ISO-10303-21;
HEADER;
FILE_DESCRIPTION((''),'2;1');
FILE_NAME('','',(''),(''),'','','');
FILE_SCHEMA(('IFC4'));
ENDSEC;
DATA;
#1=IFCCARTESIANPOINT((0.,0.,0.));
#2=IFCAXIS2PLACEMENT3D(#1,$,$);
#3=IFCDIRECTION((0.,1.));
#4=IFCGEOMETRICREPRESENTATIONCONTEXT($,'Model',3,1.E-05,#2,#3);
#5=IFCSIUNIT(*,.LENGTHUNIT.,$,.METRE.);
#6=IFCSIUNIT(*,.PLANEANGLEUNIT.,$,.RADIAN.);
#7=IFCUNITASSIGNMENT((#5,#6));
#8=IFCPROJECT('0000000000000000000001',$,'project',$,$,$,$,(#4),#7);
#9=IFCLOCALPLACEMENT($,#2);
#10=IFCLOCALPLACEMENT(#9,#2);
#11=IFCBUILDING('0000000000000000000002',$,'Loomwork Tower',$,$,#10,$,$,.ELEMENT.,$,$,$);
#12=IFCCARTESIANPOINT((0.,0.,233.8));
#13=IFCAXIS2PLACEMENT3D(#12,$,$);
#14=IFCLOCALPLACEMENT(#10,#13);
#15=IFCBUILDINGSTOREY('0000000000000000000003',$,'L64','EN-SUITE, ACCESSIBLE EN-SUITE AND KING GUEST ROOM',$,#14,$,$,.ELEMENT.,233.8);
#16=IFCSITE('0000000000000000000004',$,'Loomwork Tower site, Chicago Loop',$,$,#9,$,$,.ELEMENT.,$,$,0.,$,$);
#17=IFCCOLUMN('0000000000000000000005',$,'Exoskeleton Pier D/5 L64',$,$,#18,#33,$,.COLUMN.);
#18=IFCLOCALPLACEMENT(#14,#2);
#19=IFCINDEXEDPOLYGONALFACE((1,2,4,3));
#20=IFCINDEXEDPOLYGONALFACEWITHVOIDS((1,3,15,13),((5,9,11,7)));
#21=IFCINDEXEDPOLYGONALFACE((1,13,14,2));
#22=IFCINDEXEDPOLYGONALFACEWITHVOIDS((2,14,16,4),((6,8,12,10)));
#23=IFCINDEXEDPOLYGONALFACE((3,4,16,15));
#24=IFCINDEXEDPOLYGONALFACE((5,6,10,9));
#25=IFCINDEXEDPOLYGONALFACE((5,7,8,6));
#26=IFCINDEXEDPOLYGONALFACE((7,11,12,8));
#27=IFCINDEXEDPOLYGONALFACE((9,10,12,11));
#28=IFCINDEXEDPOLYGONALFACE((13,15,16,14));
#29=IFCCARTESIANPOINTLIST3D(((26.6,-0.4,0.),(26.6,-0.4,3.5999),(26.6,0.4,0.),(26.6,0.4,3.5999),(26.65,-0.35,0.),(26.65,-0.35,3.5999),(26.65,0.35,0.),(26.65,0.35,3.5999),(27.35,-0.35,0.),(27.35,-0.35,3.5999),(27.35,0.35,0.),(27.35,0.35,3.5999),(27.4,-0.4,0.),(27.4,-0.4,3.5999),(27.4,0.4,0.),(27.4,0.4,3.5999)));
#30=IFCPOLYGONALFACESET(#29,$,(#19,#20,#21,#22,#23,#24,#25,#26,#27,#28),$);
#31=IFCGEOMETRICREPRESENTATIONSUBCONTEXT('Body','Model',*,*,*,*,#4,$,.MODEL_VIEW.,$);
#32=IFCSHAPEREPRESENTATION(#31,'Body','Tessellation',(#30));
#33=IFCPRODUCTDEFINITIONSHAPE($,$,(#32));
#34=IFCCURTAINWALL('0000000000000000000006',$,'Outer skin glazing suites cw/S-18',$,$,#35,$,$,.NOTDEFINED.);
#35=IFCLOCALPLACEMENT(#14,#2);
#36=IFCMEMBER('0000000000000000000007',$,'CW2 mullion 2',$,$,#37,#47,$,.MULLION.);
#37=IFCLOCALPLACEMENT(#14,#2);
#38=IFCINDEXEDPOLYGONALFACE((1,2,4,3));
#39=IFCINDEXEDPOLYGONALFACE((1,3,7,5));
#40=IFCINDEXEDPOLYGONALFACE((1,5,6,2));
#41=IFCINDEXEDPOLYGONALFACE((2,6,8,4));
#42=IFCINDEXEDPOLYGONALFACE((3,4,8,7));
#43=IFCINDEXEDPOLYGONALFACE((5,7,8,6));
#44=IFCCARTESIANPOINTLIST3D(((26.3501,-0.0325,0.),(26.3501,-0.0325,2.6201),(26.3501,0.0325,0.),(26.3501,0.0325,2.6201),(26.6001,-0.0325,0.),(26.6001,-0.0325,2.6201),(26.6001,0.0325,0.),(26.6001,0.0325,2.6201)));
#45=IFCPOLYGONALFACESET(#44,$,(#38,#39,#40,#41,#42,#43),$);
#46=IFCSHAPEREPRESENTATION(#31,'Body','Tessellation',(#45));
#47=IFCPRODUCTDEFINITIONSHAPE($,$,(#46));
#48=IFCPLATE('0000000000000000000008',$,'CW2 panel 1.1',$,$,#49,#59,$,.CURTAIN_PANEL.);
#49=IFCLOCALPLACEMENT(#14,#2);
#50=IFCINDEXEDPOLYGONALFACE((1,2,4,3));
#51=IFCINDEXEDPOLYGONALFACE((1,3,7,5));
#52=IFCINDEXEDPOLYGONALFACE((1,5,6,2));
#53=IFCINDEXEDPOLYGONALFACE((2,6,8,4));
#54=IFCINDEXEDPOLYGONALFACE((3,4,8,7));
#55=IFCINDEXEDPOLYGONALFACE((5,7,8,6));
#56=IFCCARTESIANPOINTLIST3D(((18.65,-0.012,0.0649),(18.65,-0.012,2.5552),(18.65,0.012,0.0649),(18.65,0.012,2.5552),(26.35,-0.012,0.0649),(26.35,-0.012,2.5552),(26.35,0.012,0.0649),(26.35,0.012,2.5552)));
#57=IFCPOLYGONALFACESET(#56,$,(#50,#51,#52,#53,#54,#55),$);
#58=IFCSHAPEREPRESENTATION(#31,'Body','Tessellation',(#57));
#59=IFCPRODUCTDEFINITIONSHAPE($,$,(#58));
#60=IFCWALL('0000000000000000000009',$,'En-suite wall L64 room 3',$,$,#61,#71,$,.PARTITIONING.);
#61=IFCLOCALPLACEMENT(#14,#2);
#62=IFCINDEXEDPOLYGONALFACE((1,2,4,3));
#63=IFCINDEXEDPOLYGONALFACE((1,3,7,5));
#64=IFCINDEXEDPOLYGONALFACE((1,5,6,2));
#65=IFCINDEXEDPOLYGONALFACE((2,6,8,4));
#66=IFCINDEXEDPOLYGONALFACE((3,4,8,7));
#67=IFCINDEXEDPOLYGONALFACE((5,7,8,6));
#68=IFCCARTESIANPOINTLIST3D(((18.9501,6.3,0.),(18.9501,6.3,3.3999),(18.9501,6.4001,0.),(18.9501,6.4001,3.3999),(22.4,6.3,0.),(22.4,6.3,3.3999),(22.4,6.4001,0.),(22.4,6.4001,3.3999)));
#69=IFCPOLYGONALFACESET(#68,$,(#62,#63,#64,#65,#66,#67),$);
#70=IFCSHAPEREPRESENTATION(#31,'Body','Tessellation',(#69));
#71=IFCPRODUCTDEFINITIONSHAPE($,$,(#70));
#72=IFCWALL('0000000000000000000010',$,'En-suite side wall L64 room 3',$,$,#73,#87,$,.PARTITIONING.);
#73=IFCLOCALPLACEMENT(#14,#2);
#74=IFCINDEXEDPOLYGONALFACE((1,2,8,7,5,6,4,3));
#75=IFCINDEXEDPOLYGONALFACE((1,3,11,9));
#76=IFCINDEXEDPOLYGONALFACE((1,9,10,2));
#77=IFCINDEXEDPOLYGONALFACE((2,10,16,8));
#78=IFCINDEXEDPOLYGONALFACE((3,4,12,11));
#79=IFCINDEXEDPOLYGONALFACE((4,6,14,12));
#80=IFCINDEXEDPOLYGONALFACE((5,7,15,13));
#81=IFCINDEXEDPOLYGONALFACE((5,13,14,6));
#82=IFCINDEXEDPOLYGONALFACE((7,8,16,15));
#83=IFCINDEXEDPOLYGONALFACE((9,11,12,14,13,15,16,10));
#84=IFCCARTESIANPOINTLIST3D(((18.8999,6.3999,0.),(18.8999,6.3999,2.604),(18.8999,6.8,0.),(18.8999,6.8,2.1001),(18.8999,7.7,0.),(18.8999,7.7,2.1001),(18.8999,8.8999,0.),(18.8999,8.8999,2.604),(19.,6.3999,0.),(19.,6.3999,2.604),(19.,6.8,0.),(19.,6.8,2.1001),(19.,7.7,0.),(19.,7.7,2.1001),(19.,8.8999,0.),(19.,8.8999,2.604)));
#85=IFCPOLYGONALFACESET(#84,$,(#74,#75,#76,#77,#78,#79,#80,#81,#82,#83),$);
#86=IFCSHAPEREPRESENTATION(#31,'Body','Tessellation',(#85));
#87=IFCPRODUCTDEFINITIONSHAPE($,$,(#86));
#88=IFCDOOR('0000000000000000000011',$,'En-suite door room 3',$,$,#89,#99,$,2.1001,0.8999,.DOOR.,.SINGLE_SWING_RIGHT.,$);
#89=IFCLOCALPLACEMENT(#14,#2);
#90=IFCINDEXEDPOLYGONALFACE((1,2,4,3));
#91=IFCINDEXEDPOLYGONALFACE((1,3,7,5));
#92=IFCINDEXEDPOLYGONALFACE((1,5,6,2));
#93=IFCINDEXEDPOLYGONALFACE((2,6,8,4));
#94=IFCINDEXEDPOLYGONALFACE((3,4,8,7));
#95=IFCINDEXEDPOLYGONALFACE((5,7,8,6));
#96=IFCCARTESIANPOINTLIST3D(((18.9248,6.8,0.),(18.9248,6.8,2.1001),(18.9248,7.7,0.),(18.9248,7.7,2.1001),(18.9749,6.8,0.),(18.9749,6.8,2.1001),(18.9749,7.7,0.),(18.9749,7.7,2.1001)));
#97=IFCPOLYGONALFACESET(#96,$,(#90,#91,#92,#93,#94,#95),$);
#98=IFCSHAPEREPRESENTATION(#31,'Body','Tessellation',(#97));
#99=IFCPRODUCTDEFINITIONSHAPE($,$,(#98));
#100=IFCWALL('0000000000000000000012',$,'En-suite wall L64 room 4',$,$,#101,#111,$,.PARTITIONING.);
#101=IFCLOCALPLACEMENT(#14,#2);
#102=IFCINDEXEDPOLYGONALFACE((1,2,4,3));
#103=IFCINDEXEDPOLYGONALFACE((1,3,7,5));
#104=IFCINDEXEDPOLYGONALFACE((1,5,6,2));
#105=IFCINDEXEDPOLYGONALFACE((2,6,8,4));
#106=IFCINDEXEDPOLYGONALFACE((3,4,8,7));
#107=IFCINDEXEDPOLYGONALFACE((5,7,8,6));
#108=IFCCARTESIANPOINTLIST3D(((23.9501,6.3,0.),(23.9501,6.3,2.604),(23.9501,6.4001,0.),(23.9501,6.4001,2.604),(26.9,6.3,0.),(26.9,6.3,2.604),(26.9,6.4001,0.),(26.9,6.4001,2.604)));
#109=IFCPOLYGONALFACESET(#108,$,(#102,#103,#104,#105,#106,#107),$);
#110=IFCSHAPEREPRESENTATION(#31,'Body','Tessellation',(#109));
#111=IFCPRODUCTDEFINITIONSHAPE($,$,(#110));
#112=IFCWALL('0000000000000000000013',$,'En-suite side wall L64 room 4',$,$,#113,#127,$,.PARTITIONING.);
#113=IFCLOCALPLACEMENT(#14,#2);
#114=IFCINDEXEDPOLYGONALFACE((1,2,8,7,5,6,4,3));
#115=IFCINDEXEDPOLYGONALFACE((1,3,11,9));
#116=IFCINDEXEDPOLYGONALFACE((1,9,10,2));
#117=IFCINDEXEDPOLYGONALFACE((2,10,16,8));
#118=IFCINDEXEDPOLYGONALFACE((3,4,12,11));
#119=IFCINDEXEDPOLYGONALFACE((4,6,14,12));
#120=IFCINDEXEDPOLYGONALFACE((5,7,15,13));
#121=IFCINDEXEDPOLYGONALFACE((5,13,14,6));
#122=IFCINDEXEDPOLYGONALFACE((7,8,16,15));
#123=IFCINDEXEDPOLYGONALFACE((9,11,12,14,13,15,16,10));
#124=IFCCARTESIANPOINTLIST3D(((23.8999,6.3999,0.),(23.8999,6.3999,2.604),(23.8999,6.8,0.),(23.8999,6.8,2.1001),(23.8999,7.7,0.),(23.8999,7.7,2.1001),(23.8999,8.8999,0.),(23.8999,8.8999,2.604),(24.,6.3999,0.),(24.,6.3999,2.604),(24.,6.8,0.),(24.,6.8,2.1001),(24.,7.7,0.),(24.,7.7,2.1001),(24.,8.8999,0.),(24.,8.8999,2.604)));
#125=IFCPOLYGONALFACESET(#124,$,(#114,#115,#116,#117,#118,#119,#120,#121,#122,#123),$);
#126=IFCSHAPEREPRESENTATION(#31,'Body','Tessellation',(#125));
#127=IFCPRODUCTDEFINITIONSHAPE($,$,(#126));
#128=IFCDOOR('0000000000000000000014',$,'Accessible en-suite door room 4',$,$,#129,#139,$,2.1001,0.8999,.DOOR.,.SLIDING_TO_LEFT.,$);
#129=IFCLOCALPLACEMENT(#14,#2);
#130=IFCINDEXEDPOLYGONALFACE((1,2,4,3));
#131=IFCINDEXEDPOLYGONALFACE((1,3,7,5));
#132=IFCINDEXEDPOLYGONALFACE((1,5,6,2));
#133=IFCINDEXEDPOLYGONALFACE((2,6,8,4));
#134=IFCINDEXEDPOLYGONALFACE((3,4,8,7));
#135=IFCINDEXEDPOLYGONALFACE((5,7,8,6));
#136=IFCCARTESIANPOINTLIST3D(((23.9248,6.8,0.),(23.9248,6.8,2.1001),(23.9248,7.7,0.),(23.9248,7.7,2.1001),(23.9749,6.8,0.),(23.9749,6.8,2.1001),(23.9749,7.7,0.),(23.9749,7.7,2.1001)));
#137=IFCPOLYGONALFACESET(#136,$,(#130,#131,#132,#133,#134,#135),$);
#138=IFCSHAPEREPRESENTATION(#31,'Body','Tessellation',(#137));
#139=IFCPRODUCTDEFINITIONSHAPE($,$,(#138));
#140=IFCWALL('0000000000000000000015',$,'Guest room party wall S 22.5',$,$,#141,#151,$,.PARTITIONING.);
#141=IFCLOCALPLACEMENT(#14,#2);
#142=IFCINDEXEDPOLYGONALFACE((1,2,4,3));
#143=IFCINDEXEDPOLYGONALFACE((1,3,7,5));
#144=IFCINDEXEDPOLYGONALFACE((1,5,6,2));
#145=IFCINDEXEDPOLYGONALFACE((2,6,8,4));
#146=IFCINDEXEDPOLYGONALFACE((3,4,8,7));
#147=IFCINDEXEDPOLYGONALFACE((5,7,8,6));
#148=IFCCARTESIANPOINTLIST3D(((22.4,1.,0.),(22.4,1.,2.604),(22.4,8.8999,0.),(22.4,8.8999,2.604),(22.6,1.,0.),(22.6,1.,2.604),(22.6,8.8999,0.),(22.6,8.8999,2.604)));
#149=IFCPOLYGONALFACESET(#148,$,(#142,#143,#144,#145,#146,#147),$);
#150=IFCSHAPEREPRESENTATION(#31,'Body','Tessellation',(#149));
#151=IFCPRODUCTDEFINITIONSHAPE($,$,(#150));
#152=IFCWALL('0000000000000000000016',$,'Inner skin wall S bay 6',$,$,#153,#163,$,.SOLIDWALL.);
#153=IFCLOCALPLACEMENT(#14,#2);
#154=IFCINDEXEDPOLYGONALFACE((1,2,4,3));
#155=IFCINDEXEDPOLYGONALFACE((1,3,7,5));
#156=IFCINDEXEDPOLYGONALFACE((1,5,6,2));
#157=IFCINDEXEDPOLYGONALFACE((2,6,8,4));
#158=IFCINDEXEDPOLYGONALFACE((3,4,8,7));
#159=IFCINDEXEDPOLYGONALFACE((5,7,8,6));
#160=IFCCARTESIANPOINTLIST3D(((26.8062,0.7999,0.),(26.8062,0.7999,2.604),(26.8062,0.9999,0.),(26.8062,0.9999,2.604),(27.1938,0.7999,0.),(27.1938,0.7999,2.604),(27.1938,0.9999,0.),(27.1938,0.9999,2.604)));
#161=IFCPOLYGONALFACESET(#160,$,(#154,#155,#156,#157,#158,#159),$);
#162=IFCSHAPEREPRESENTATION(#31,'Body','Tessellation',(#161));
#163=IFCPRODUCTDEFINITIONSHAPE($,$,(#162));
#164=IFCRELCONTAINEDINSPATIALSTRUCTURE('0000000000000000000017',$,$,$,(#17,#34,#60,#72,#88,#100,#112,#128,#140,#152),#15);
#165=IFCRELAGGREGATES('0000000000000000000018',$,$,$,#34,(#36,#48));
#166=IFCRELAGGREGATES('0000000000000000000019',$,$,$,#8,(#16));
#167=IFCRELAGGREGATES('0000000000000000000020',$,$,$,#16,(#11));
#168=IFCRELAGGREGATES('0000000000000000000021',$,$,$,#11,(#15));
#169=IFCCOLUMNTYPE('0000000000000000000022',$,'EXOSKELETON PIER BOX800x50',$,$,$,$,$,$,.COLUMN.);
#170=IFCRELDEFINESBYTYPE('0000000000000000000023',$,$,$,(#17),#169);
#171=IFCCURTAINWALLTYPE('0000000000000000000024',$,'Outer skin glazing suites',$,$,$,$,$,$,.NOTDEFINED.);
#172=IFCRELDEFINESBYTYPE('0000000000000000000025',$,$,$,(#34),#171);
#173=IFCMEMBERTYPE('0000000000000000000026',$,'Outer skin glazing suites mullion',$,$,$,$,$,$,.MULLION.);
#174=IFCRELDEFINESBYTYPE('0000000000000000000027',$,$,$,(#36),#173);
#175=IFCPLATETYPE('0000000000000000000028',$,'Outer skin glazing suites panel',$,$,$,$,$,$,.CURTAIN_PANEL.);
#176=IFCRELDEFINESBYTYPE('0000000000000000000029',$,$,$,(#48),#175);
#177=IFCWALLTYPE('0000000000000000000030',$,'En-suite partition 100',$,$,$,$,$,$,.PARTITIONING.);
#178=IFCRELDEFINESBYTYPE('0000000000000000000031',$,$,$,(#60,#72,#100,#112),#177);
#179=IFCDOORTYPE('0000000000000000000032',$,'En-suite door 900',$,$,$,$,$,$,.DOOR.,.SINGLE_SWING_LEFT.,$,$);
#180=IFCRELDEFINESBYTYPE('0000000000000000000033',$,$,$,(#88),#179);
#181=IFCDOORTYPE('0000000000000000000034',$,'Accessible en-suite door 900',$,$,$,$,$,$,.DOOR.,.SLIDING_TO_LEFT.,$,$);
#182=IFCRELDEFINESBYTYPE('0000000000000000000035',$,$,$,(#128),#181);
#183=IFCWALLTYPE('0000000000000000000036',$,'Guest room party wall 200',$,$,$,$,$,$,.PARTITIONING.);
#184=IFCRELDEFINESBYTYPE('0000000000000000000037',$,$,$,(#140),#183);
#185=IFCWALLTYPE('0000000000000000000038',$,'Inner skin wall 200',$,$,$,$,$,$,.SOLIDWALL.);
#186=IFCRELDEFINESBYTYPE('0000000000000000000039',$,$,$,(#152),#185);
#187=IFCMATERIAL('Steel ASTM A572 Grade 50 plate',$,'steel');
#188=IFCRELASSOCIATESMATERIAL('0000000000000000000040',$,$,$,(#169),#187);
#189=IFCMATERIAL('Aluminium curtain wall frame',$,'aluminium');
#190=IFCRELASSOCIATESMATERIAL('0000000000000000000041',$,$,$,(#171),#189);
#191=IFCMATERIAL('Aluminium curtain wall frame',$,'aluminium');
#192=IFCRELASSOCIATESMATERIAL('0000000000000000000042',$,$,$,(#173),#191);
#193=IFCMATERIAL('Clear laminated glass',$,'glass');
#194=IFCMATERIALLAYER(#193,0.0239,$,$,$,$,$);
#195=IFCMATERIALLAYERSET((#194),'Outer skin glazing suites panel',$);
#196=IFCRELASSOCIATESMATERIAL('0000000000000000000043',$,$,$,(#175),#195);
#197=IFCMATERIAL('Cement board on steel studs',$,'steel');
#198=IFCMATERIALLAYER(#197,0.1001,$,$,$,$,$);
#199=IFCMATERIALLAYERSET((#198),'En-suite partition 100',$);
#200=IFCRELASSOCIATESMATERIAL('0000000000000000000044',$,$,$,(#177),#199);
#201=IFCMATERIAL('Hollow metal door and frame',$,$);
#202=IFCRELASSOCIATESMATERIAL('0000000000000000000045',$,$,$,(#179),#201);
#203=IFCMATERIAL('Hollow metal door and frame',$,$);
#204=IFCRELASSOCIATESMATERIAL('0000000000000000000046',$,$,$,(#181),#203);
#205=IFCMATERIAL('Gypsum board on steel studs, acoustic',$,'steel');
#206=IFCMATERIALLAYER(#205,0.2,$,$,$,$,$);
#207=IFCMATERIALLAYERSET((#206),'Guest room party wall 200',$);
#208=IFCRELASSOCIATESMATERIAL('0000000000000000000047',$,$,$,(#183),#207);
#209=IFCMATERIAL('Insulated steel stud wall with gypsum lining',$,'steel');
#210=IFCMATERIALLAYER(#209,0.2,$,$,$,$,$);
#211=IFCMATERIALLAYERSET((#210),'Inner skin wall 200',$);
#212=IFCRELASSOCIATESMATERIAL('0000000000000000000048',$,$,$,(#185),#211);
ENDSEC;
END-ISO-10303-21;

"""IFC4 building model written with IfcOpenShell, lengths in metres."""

from ifc_helpers import new_model, si_unit, direction, frame, frame_2d, origin, origin_2d, place, context, subcontext, project, spatial, rectangle, hollow_rectangle, extrude, material, layer, layer_set, material_profile, profile_set, type_object, element, fill, aggregate, save


model = new_model("IFC4")

# Units and contexts
model_context = context("Model", 3, precision=1e-05, world=origin(), true_north=direction((0.0, 1.0)))
body_context = subcontext(model_context, "Body", "Model", "MODEL_VIEW")
ifc_project = project(units=[si_unit("LENGTHUNIT", "METRE"), si_unit("PLANEANGLEUNIT", "RADIAN")], contexts=[model_context])

# Site, building, storey
site_placement = place(None, origin())
site = spatial("IfcSite", under=ifc_project, at=site_placement, Name="Loomwork Tower site, Chicago Loop", CompositionType="ELEMENT", RefElevation=0.0)
building_placement = place(site_placement, origin())
building = spatial("IfcBuilding", under=site, at=building_placement, Name="Loomwork Tower", CompositionType="ELEMENT")
storey_placement = place(building_placement, frame((0.0, 0.0, 233.8)))
storey = spatial("IfcBuildingStorey", under=building, at=storey_placement, Name="L64", Description="EN-SUITE, ACCESSIBLE EN-SUITE AND KING GUEST ROOM", CompositionType="ELEMENT", Elevation=233.8)

# Column
ifc_material_1 = material(Name="Steel ASTM A572 Grade 50 plate", Category="steel")
ifc_material_profile_1 = material_profile(ifc_material_1, hollow_rectangle(XDim=0.8, YDim=0.8, WallThickness=0.05, at=origin_2d()), Name="BOX800x50")
ifc_profile_set_1 = profile_set([ifc_material_profile_1], Name="Steel ASTM A572 Grade 50 plate")
column_type = type_object("IfcColumnType", Name="EXOSKELETON PIER BOX800x50", PredefinedType="COLUMN", material=ifc_profile_set_1)
column_placement = place(storey_placement, frame((27.0, 0.0, 0.0), z_axis=(0.0, 0.0, 1.0), x_axis=(1.0, 0.0, 0.0)))
element("IfcColumn", 1, at=column_placement, inside=storey, type_object=column_type, Name="Exoskeleton Pier D/5 L64", PredefinedType="COLUMN", context=body_context, shape_type="SweptSolid", body=[
    extrude(hollow_rectangle(XDim=0.8, YDim=0.8, WallThickness=0.05, at=origin_2d()), origin(), (0.0, 0.0, 1.0), 3.5999),
])

# Curtain wall, member, plate
ifc_material_2 = material(Name="Aluminium curtain wall frame", Category="aluminium")
curtain_wall_type = type_object("IfcCurtainWallType", Name="Outer skin glazing suites", PredefinedType="NOTDEFINED", material=ifc_material_2)
curtain_wall_placement = place(storey_placement, origin())
curtain_wall = element("IfcCurtainWall", 2, at=curtain_wall_placement, inside=storey, type_object=curtain_wall_type, Name="Outer skin glazing suites cw/S-18", PredefinedType="NOTDEFINED")
ifc_material_3 = material(Name="Aluminium curtain wall frame", Category="aluminium")
ifc_material_profile_2 = material_profile(ifc_material_3, rectangle(XDim=0.0649, YDim=0.25, at=origin_2d()), Name="AL 65x250")
ifc_profile_set_2 = profile_set([ifc_material_profile_2], Name="Aluminium curtain wall frame")
member_type = type_object("IfcMemberType", Name="Outer skin glazing suites mullion", PredefinedType="MULLION", material=ifc_profile_set_2)
member_placement = place(storey_placement, frame((26.4751, 0.0, 0.0), z_axis=(0.0, 0.0, 1.0), x_axis=(0.0, 1.0, 0.0)))
member = element("IfcMember", 3, at=member_placement, type_object=member_type, Name="CW2 mullion 2", PredefinedType="MULLION", context=body_context, shape_type="SweptSolid", body=[
    extrude(rectangle(XDim=0.0649, YDim=0.25, at=origin_2d()), origin(), (0.0, 0.0, 1.0), 2.6201),
])
ifc_material_4 = material(Name="Clear laminated glass", Category="glass")
ifc_layer_1 = layer(ifc_material_4, 0.0239)
ifc_layer_set_1 = layer_set([ifc_layer_1], Name="Outer skin glazing suites panel")
plate_type = type_object("IfcPlateType", Name="Outer skin glazing suites panel", PredefinedType="CURTAIN_PANEL", material=ifc_layer_set_1)
plate_placement = place(storey_placement, frame((22.5, 0.0, 0.0649), z_axis=(0.0, 0.0, 1.0), x_axis=(1.0, 0.0, 0.0)))
plate = element("IfcPlate", 4, at=plate_placement, type_object=plate_type, Name="CW2 panel 1.1", PredefinedType="CURTAIN_PANEL", context=body_context, shape_type="SweptSolid", body=[
    extrude(rectangle(XDim=7.7, YDim=0.0239, at=origin_2d()), origin(), (0.0, 0.0, 1.0), 2.4902),
])
aggregate(curtain_wall, [member, plate])

# Wall
ifc_material_5 = material(Name="Cement board on steel studs", Category="steel")
ifc_layer_2 = layer(ifc_material_5, 0.1001)
ifc_layer_set_2 = layer_set([ifc_layer_2], Name="En-suite partition 100")
wall_type_1 = type_object("IfcWallType", Name="En-suite partition 100", PredefinedType="PARTITIONING", material=ifc_layer_set_2)
wall_1_placement = place(storey_placement, frame((18.95, 6.3501, 0.0), z_axis=(0.0, 0.0, 1.0), x_axis=(1.0, 0.0, 0.0)))
element("IfcWall", 5, at=wall_1_placement, inside=storey, type_object=wall_type_1, Name="En-suite wall L64 room 3", PredefinedType="PARTITIONING", context=body_context, shape_type="SweptSolid", body=[
    extrude(rectangle(XDim=3.45, YDim=0.1001, at=frame_2d((1.7251, 0.0))), origin(), (0.0, 0.0, 1.0), 3.3999),
])

# Wall, opening, door
wall_2_placement = place(storey_placement, frame((18.95, 8.8999, 0.0), z_axis=(0.0, 0.0, 1.0), x_axis=(0.0, -1.0, 0.0)))
wall_2 = element("IfcWall", 6, at=wall_2_placement, inside=storey, type_object=wall_type_1, Name="En-suite side wall L64 room 3", PredefinedType="PARTITIONING", context=body_context, shape_type="SweptSolid", body=[
    extrude(rectangle(XDim=2.5, YDim=0.1001, at=frame_2d((1.25, 0.0))), origin(), (0.0, 0.0, 1.0), 2.604),
])
opening_1_placement = place(wall_2_placement, frame((1.2, 0.0, 0.0)))
opening_1 = element("IfcOpeningElement", 7, at=opening_1_placement, cuts=wall_2, PredefinedType="OPENING", context=body_context, shape_type="SweptSolid", body=[
    extrude(rectangle(XDim=0.8999, YDim=2.1001, at=frame_2d((0.45, 1.05))), frame((0.0, 0.0601, 0.0), z_axis=(0.0, -1.0, 0.0), x_axis=(1.0, 0.0, 0.0)), (0.0, 0.0, 1.0), 0.1201),
])
ifc_material_6 = material(Name="Hollow metal door and frame")
door_type_1 = type_object("IfcDoorType", Name="En-suite door 900", OperationType="SINGLE_SWING_LEFT", PredefinedType="DOOR", material=ifc_material_6)
door_1_placement = place(opening_1_placement, origin())
door_1 = element("IfcDoor", 8, at=door_1_placement, inside=storey, type_object=door_type_1, Name="En-suite door room 3", OperationType="SINGLE_SWING_RIGHT", OverallHeight=2.1001, OverallWidth=0.8999, PredefinedType="DOOR", context=body_context, shape_type="SweptSolid", body=[
    extrude(rectangle(XDim=0.8999, YDim=2.1001, at=frame_2d((0.45, 1.05))), frame((0.0, 0.0249, 0.0), z_axis=(0.0, -1.0, 0.0), x_axis=(1.0, 0.0, 0.0)), (0.0, 0.0, 1.0), 0.05),
])
fill(opening_1, door_1)

# Wall
wall_3_placement = place(storey_placement, frame((23.95, 6.3501, 0.0), z_axis=(0.0, 0.0, 1.0), x_axis=(1.0, 0.0, 0.0)))
element("IfcWall", 9, at=wall_3_placement, inside=storey, type_object=wall_type_1, Name="En-suite wall L64 room 4", PredefinedType="PARTITIONING", context=body_context, shape_type="SweptSolid", body=[
    extrude(rectangle(XDim=2.95, YDim=0.1001, at=frame_2d((1.4751, 0.0))), origin(), (0.0, 0.0, 1.0), 2.604),
])

# Wall, opening, door
wall_4_placement = place(storey_placement, frame((23.95, 8.8999, 0.0), z_axis=(0.0, 0.0, 1.0), x_axis=(0.0, -1.0, 0.0)))
wall_4 = element("IfcWall", 10, at=wall_4_placement, inside=storey, type_object=wall_type_1, Name="En-suite side wall L64 room 4", PredefinedType="PARTITIONING", context=body_context, shape_type="SweptSolid", body=[
    extrude(rectangle(XDim=2.5, YDim=0.1001, at=frame_2d((1.25, 0.0))), origin(), (0.0, 0.0, 1.0), 2.604),
])
opening_2_placement = place(wall_4_placement, frame((1.2, 0.0, 0.0)))
opening_2 = element("IfcOpeningElement", 11, at=opening_2_placement, cuts=wall_4, PredefinedType="OPENING", context=body_context, shape_type="SweptSolid", body=[
    extrude(rectangle(XDim=0.8999, YDim=2.1001, at=frame_2d((0.45, 1.05))), frame((0.0, 0.0601, 0.0), z_axis=(0.0, -1.0, 0.0), x_axis=(1.0, 0.0, 0.0)), (0.0, 0.0, 1.0), 0.1201),
])
ifc_material_7 = material(Name="Hollow metal door and frame")
door_type_2 = type_object("IfcDoorType", Name="Accessible en-suite door 900", OperationType="SLIDING_TO_LEFT", PredefinedType="DOOR", material=ifc_material_7)
door_2_placement = place(opening_2_placement, origin())
door_2 = element("IfcDoor", 12, at=door_2_placement, inside=storey, type_object=door_type_2, Name="Accessible en-suite door room 4", OperationType="SLIDING_TO_LEFT", OverallHeight=2.1001, OverallWidth=0.8999, PredefinedType="DOOR", context=body_context, shape_type="SweptSolid", body=[
    extrude(rectangle(XDim=0.8999, YDim=2.1001, at=frame_2d((0.45, 1.05))), frame((0.0, 0.0249, 0.0), z_axis=(0.0, -1.0, 0.0), x_axis=(1.0, 0.0, 0.0)), (0.0, 0.0, 1.0), 0.05),
])
fill(opening_2, door_2)

# Walls
ifc_material_8 = material(Name="Gypsum board on steel studs, acoustic", Category="steel")
ifc_layer_3 = layer(ifc_material_8, 0.2)
ifc_layer_set_3 = layer_set([ifc_layer_3], Name="Guest room party wall 200")
wall_type_2 = type_object("IfcWallType", Name="Guest room party wall 200", PredefinedType="PARTITIONING", material=ifc_layer_set_3)
wall_5_placement = place(storey_placement, frame((22.5, 8.8999, 0.0), z_axis=(0.0, 0.0, 1.0), x_axis=(0.0, -1.0, 0.0)))
element("IfcWall", 13, at=wall_5_placement, inside=storey, type_object=wall_type_2, Name="Guest room party wall S 22.5", PredefinedType="PARTITIONING", context=body_context, shape_type="SweptSolid", body=[
    extrude(rectangle(XDim=7.8999, YDim=0.2, at=frame_2d((3.95, 0.0))), origin(), (0.0, 0.0, 1.0), 2.604),
])
ifc_material_9 = material(Name="Insulated steel stud wall with gypsum lining", Category="steel")
ifc_layer_4 = layer(ifc_material_9, 0.2)
ifc_layer_set_4 = layer_set([ifc_layer_4], Name="Inner skin wall 200")
wall_type_3 = type_object("IfcWallType", Name="Inner skin wall 200", PredefinedType="SOLIDWALL", material=ifc_layer_set_4)
wall_6_placement = place(storey_placement, frame((26.8062, 0.8999, 0.0), z_axis=(0.0, 0.0, 1.0), x_axis=(1.0, 0.0, 0.0)))
element("IfcWall", 14, at=wall_6_placement, inside=storey, type_object=wall_type_3, Name="Inner skin wall S bay 6", PredefinedType="SOLIDWALL", context=body_context, shape_type="SweptSolid", body=[
    extrude(rectangle(XDim=0.3877, YDim=0.2, at=frame_2d((0.1938, 0.0))), origin(), (0.0, 0.0, 1.0), 2.604),
])

save(model, "model.ifc")
